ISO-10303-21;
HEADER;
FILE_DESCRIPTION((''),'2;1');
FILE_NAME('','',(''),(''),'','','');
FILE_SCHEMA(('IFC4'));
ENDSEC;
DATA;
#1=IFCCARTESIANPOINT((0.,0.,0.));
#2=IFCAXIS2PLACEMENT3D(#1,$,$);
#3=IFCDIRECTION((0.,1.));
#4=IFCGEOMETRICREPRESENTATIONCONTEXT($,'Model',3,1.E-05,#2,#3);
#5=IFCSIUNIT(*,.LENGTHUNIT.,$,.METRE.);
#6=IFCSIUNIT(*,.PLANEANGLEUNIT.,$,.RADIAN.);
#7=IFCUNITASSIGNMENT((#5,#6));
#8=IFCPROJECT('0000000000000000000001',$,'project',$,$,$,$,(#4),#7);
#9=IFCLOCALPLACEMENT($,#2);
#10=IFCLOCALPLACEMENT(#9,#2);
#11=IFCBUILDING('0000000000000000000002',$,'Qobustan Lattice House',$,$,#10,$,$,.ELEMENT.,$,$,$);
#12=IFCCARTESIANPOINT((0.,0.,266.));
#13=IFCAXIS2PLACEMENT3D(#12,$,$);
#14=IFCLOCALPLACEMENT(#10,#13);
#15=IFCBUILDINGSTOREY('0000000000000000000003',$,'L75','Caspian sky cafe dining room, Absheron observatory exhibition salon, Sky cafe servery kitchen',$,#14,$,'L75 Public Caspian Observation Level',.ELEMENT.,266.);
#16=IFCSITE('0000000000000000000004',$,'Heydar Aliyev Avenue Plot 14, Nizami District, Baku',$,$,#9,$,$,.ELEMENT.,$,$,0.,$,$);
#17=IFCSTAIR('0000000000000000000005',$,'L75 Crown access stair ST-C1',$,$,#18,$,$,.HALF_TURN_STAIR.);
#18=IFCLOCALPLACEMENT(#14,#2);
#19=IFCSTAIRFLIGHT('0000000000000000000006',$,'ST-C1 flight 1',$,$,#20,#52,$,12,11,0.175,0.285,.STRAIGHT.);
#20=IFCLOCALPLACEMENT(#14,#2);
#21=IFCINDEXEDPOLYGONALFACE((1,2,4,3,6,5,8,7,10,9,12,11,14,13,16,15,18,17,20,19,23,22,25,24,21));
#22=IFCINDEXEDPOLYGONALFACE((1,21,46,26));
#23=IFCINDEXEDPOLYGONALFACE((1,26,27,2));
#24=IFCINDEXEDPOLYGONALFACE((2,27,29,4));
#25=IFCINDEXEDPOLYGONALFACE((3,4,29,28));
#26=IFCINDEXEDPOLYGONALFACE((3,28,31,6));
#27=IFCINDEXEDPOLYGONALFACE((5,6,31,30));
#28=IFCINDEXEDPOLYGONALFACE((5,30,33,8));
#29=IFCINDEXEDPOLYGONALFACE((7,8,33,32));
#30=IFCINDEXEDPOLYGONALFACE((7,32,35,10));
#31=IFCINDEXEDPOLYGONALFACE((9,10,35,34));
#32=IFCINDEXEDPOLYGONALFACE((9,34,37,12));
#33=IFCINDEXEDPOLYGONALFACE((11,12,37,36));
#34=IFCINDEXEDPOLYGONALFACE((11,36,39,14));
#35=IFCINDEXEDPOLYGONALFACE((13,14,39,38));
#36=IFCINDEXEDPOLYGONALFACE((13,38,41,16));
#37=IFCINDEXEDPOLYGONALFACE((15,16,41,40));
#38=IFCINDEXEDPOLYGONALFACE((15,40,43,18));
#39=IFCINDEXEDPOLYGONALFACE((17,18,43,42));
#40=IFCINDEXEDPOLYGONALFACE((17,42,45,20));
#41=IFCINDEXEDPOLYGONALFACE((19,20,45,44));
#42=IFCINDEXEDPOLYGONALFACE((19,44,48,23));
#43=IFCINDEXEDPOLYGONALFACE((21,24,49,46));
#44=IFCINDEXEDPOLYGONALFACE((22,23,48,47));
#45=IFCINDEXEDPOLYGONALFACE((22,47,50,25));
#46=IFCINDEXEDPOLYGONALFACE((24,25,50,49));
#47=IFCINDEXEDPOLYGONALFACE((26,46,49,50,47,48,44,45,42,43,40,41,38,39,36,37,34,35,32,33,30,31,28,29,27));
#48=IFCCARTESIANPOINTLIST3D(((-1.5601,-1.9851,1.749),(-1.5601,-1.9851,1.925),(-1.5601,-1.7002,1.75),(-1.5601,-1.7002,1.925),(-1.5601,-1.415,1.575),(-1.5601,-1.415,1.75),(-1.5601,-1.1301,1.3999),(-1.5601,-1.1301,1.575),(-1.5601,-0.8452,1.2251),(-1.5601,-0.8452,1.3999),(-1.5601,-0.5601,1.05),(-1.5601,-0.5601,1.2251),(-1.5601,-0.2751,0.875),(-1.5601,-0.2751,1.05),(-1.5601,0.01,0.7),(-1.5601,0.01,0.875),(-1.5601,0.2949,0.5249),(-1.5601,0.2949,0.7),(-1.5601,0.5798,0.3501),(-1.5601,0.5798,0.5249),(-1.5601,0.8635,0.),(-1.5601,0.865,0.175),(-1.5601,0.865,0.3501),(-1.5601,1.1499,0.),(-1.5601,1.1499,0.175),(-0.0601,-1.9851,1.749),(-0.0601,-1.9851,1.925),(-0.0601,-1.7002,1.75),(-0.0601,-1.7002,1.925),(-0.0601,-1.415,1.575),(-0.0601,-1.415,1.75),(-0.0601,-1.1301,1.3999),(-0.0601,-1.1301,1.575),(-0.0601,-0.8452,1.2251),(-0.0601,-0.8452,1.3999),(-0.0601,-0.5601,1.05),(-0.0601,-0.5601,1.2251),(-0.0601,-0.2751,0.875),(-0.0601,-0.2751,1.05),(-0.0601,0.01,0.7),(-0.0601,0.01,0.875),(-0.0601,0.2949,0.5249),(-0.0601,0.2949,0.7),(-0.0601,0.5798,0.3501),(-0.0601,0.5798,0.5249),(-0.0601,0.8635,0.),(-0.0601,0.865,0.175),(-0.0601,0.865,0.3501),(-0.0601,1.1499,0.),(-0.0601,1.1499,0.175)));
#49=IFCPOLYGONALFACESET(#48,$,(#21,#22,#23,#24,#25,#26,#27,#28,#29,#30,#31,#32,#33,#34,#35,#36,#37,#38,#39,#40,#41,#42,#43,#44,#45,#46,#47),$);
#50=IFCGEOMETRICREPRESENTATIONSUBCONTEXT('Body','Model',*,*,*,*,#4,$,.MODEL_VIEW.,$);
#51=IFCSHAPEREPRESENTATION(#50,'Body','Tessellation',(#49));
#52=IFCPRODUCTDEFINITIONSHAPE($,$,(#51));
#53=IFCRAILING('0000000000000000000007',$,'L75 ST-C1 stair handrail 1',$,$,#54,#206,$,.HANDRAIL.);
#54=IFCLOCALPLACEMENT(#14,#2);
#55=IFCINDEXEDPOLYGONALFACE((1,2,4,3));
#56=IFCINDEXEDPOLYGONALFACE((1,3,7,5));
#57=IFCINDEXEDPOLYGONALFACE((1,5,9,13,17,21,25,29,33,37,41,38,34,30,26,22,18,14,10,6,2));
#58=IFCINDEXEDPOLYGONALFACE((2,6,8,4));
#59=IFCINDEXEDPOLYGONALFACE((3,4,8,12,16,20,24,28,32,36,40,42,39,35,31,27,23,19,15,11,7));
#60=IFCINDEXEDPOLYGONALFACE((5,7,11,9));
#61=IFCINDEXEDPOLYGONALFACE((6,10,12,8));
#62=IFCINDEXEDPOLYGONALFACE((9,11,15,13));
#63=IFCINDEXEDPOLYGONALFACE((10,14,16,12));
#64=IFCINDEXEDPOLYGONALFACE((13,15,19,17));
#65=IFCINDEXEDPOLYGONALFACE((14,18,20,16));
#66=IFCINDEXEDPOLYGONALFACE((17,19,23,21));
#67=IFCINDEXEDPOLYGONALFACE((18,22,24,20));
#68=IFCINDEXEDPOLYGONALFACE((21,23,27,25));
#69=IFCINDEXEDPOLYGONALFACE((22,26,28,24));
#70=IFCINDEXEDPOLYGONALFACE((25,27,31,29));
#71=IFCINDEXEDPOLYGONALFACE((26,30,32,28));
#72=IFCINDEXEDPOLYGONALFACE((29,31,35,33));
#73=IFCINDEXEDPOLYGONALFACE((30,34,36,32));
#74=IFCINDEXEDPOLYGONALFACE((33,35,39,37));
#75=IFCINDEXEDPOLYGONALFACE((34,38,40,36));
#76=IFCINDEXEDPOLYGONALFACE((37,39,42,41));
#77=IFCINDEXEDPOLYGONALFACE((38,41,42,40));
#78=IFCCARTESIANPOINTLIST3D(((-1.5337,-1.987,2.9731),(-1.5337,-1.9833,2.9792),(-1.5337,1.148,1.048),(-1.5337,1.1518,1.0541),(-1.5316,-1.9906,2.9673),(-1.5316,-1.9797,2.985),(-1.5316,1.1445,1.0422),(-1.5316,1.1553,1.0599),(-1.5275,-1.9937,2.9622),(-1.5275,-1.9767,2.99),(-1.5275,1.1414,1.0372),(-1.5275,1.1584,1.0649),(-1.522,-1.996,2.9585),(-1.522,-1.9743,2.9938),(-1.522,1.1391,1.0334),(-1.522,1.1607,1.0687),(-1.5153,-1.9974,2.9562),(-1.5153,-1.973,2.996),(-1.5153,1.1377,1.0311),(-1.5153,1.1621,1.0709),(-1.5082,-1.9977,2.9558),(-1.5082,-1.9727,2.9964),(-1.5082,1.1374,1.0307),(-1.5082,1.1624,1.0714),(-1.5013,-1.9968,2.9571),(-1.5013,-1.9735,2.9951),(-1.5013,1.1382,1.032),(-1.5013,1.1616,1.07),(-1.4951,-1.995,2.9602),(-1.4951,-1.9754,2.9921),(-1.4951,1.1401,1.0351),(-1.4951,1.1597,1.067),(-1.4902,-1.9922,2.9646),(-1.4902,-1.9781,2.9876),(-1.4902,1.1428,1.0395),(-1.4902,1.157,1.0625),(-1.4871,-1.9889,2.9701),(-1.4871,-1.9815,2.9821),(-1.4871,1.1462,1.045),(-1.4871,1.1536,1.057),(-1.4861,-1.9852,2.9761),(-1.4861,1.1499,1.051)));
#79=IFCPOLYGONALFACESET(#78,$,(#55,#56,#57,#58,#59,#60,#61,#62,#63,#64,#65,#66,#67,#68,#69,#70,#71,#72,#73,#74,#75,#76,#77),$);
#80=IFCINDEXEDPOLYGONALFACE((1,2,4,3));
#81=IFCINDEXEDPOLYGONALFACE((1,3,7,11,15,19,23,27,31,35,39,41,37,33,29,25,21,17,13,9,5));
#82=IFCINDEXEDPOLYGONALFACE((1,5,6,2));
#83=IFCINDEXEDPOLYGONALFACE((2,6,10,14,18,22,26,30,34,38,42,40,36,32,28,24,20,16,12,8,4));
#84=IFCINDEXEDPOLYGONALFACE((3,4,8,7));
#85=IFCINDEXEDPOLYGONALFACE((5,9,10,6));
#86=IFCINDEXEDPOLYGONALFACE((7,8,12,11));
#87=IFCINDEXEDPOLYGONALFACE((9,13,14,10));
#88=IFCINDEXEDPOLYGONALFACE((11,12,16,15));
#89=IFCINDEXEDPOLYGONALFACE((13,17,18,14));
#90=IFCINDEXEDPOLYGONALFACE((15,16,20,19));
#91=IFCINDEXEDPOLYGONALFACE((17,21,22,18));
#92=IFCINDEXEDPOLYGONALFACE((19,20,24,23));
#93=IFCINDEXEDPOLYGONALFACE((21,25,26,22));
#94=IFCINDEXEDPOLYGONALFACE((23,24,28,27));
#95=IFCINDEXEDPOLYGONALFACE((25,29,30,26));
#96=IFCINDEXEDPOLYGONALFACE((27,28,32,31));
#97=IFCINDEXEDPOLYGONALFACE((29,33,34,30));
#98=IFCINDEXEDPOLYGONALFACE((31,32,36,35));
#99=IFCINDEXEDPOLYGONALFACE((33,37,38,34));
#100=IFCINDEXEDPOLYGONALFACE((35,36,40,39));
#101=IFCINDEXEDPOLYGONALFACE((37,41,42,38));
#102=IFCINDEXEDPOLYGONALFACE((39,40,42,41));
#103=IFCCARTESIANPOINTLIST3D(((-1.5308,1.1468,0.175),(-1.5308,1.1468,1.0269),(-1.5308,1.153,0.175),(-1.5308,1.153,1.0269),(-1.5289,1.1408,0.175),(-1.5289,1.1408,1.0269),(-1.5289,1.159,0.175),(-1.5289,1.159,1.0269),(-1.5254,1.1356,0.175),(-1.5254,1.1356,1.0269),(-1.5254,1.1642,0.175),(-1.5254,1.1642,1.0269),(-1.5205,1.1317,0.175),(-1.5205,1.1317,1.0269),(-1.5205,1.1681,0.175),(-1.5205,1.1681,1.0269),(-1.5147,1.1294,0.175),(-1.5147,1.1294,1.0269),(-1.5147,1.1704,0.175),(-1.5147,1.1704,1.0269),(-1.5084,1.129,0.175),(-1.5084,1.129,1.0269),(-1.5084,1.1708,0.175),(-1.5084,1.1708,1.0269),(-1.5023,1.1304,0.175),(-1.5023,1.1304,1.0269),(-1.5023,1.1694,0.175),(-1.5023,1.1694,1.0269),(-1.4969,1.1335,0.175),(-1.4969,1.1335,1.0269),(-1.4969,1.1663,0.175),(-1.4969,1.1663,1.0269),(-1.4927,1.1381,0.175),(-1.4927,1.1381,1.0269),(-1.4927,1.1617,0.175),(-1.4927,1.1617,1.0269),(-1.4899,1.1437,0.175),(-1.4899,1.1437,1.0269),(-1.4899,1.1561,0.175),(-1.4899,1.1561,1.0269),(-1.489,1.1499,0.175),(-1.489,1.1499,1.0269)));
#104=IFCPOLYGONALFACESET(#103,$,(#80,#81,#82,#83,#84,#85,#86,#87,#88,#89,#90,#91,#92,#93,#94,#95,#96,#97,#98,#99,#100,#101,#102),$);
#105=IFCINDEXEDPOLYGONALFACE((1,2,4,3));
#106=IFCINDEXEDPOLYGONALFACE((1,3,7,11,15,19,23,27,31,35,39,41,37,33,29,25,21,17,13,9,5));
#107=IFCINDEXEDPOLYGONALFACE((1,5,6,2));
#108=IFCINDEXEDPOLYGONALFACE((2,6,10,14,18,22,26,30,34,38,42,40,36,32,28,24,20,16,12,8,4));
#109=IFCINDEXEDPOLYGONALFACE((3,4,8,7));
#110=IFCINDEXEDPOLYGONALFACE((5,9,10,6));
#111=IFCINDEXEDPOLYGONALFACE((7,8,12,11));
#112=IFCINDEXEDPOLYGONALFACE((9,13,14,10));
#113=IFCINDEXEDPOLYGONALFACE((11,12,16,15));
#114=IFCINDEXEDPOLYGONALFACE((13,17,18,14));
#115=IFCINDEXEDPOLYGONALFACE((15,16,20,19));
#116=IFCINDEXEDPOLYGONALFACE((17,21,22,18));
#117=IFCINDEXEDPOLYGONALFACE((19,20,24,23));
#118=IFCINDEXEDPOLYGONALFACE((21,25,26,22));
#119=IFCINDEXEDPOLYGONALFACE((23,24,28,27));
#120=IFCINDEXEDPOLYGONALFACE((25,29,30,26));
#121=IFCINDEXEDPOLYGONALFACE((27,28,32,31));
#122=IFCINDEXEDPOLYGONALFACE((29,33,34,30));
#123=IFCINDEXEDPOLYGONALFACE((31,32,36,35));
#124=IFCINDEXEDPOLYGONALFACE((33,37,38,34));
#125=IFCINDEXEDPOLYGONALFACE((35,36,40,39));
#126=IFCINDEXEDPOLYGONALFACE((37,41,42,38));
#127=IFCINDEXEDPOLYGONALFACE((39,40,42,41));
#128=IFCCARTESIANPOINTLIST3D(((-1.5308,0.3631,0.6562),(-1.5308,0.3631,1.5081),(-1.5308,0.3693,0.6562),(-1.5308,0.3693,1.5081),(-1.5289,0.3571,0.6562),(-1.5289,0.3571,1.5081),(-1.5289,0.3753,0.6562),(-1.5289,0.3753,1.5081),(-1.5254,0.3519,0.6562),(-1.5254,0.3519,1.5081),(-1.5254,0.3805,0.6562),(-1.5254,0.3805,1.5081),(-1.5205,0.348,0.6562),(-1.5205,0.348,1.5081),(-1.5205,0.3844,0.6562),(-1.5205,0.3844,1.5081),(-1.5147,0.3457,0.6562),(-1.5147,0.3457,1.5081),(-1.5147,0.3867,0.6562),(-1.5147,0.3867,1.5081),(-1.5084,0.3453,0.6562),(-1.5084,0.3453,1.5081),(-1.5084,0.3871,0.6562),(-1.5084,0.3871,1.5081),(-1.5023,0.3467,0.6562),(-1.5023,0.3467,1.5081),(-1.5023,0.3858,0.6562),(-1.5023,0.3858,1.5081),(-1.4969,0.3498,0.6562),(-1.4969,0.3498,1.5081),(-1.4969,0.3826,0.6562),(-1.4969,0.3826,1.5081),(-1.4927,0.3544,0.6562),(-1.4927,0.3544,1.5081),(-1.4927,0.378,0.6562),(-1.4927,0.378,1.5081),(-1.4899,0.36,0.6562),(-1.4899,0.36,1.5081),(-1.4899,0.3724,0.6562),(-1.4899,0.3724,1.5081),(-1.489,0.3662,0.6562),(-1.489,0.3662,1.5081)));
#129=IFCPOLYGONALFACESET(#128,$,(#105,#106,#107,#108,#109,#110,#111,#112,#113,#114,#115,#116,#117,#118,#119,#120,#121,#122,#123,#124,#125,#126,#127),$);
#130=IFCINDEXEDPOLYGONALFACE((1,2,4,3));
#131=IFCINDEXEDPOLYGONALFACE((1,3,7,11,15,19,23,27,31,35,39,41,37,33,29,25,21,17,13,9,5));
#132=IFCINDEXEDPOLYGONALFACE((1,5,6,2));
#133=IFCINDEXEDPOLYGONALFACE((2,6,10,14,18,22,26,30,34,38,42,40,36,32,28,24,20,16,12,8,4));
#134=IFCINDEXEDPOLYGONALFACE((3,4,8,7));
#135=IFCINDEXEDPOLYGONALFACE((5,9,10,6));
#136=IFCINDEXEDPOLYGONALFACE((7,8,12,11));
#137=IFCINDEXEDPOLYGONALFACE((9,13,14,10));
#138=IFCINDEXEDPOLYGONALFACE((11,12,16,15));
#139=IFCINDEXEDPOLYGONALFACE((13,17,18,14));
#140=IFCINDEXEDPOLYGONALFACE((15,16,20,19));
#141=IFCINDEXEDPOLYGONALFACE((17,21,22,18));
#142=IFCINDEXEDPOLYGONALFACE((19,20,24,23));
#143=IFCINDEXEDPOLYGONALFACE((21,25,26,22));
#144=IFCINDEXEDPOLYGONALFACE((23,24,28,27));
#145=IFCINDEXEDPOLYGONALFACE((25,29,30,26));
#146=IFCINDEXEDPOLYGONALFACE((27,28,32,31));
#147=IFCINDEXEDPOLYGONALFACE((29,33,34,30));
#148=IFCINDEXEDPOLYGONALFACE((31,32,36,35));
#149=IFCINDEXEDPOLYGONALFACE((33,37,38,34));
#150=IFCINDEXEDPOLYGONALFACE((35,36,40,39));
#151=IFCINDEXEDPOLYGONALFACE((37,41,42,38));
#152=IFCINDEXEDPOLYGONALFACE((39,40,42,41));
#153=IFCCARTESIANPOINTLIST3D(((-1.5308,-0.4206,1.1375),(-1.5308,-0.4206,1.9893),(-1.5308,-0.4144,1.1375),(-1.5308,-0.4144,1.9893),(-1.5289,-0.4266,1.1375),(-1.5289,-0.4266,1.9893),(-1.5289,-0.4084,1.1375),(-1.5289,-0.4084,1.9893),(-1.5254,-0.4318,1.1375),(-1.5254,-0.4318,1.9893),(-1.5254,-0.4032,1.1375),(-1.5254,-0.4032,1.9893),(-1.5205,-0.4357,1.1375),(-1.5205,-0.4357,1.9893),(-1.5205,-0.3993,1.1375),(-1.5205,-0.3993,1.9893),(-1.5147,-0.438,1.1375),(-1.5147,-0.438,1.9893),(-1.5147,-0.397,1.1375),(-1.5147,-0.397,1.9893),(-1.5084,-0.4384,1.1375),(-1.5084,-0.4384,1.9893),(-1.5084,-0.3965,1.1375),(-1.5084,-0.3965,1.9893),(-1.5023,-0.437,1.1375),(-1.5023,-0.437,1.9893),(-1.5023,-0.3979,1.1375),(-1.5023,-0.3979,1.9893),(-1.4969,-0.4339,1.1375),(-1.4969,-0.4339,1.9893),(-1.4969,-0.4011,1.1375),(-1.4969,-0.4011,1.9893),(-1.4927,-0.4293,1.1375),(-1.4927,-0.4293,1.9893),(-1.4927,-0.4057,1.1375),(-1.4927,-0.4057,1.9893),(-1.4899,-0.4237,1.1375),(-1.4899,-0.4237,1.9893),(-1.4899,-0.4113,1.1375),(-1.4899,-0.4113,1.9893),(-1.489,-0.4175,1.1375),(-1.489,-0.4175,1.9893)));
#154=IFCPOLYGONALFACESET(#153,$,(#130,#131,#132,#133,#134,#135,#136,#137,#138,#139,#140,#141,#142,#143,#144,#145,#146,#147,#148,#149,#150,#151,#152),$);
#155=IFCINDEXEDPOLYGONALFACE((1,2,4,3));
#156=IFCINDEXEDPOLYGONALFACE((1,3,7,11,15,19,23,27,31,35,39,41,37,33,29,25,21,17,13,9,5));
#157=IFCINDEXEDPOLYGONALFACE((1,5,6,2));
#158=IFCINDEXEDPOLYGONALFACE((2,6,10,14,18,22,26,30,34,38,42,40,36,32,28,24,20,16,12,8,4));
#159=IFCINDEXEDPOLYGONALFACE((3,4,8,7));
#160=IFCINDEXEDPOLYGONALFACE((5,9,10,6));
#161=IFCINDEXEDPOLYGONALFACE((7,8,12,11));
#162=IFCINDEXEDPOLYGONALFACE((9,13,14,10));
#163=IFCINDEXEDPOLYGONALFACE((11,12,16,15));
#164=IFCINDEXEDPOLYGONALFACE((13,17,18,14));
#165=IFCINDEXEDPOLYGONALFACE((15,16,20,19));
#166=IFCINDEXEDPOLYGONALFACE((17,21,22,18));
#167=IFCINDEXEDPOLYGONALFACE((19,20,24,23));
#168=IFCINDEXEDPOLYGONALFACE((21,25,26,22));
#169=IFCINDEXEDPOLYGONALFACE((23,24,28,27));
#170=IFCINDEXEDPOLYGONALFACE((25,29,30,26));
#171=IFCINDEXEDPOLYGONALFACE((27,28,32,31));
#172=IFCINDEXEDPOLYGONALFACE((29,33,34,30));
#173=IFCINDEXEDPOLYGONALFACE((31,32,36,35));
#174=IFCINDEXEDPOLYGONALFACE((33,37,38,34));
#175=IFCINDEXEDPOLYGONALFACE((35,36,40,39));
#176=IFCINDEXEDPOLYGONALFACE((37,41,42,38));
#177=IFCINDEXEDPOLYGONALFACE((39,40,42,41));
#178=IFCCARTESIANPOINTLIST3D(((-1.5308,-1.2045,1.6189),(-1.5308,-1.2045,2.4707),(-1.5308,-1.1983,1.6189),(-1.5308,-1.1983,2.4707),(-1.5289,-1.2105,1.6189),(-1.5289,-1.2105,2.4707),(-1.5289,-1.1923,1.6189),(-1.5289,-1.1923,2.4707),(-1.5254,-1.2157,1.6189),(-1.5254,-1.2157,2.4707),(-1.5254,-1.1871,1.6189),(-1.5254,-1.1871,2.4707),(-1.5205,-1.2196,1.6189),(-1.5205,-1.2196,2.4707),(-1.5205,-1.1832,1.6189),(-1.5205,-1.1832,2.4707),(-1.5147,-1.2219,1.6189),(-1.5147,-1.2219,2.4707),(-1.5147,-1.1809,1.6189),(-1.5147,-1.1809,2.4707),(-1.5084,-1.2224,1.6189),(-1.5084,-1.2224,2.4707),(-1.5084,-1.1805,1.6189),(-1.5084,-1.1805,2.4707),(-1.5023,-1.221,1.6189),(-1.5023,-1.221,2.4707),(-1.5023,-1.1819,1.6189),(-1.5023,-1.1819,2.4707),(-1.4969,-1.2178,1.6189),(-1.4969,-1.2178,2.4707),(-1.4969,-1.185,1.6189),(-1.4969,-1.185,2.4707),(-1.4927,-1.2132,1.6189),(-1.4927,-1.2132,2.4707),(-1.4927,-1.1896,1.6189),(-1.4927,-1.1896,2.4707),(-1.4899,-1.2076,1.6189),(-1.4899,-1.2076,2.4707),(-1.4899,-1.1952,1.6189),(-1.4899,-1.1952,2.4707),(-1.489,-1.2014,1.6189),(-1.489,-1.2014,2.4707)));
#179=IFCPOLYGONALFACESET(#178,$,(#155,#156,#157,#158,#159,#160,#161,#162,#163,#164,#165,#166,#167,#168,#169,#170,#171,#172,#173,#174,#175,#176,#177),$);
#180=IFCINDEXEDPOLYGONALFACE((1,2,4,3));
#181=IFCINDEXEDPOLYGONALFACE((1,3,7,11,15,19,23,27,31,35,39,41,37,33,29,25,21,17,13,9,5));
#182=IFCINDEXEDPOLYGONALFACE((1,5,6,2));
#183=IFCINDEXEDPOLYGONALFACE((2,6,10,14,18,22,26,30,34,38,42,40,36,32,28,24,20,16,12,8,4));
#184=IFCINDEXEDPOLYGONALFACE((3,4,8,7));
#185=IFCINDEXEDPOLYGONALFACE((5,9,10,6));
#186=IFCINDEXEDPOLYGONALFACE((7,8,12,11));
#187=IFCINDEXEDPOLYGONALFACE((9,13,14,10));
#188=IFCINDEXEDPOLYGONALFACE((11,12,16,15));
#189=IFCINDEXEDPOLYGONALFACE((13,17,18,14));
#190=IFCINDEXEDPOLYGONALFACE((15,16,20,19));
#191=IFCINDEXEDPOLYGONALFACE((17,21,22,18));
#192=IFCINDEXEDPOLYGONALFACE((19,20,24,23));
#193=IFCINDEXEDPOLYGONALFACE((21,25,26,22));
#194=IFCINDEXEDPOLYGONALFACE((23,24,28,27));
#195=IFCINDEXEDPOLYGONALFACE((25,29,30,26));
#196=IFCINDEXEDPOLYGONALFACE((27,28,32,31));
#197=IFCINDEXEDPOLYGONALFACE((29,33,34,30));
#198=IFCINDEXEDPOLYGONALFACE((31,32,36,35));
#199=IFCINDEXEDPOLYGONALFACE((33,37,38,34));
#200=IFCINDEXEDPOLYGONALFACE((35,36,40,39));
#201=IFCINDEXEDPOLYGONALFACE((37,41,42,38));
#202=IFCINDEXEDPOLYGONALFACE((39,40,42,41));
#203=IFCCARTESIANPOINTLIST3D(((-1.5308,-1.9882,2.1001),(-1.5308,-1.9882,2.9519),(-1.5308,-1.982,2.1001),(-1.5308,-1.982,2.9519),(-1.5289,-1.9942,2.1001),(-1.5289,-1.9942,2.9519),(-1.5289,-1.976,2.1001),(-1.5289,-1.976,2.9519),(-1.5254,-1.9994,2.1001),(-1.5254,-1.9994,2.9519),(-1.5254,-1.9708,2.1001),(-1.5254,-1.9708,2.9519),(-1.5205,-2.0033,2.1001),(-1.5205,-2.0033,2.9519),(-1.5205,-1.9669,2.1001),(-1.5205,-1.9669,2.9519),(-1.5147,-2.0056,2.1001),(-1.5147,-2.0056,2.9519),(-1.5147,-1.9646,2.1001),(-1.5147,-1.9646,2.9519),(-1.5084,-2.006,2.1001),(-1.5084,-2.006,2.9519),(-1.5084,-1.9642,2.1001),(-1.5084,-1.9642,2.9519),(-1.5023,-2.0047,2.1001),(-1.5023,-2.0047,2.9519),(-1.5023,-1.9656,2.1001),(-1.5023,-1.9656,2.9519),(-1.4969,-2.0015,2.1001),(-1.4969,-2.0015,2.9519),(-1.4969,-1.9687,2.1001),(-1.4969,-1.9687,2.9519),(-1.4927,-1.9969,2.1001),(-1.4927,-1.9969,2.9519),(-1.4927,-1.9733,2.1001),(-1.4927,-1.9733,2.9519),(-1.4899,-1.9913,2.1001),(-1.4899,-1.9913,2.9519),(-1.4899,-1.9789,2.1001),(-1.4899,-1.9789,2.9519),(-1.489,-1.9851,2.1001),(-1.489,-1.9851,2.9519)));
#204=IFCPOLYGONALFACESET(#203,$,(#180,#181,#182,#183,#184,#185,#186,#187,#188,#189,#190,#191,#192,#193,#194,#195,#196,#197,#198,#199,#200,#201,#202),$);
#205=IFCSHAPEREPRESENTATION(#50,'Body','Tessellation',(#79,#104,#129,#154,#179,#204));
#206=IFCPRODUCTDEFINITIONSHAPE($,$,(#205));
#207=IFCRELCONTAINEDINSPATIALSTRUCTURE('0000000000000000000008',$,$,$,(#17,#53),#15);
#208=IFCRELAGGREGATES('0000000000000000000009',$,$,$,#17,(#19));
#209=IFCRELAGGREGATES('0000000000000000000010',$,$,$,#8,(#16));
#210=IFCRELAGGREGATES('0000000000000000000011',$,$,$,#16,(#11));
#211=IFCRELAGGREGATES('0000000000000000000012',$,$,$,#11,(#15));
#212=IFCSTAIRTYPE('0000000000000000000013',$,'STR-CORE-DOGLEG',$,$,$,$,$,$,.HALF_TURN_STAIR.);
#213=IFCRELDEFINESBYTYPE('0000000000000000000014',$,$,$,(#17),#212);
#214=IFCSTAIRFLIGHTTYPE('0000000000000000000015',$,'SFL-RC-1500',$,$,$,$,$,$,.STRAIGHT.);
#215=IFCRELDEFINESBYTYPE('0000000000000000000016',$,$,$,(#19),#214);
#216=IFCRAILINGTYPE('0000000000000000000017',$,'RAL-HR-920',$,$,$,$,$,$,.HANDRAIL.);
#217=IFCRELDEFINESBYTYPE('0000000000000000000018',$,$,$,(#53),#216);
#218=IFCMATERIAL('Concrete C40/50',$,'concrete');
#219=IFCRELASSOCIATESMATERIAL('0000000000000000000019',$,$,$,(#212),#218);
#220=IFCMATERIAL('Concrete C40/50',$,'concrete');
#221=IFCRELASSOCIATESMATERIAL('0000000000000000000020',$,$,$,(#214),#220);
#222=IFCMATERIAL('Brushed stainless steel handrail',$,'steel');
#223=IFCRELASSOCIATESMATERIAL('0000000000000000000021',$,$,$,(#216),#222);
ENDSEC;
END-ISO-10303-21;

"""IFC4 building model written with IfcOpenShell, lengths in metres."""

from ifc_helpers import new_model, si_unit, direction, frame, origin, origin_2d, place, context, subcontext, project, spatial, polyline, circle, outline, extrude, material, type_object, element, aggregate, save


model = new_model("IFC4")

# Units and contexts
model_context = context("Model", 3, precision=1e-05, world=origin(), true_north=direction((0.0, 1.0)))
body_context = subcontext(model_context, "Body", "Model", "MODEL_VIEW")
ifc_project = project(units=[si_unit("LENGTHUNIT", "METRE"), si_unit("PLANEANGLEUNIT", "RADIAN")], contexts=[model_context])

# Site, building, storey
site_placement = place(None, origin())
site = spatial("IfcSite", under=ifc_project, at=site_placement, Name="Heydar Aliyev Avenue Plot 14, Nizami District, Baku", CompositionType="ELEMENT", RefElevation=0.0)
building_placement = place(site_placement, origin())
building = spatial("IfcBuilding", under=site, at=building_placement, Name="Qobustan Lattice House", CompositionType="ELEMENT")
storey_placement = place(building_placement, frame((0.0, 0.0, 266.0)))
storey = spatial("IfcBuildingStorey", under=building, at=storey_placement, Name="L75", Description="Caspian sky cafe dining room, Absheron observatory exhibition salon, Sky cafe servery kitchen", LongName="L75 Public Caspian Observation Level", CompositionType="ELEMENT", Elevation=266.0)

# Stair, stair flight
ifc_material_1 = material(Name="Concrete C40/50", Category="concrete")
stair_type = type_object("IfcStairType", Name="STR-CORE-DOGLEG", PredefinedType="HALF_TURN_STAIR", material=ifc_material_1)
stair_placement = place(storey_placement, origin())
stair = element("IfcStair", 1, at=stair_placement, inside=storey, type_object=stair_type, Name="L75 Crown access stair ST-C1", PredefinedType="HALF_TURN_STAIR")
ifc_material_2 = material(Name="Concrete C40/50", Category="concrete")
stair_flight_type = type_object("IfcStairFlightType", Name="SFL-RC-1500", PredefinedType="STRAIGHT", material=ifc_material_2)
stair_flight_placement = place(storey_placement, frame((-0.8101, 1.1499, 0.0), z_axis=(0.0, 0.0, 1.0), x_axis=(0.0, -1.0, 0.0)))
stair_flight = element("IfcStairFlight", 2, at=stair_flight_placement, type_object=stair_flight_type, Name="ST-C1 flight 1", NumberOfRisers=12, NumberOfTreads=11, PredefinedType="STRAIGHT", RiserHeight=0.175, TreadLength=0.285, context=body_context, shape_type="SweptSolid", body=[
    extrude(outline(polyline([(0.0, 0.0), (0.0, 0.175), (0.2849, 0.175), (0.2849, 0.3501), (0.5701, 0.3501), (0.5701, 0.5249), (0.855, 0.5249), (0.855, 0.7), (1.1399, 0.7), (1.1399, 0.875), (1.425, 0.875), (1.425, 1.05), (1.71, 1.05), (1.71, 1.2251), (1.9951, 1.2251), (1.9951, 1.3999), (2.28, 1.3999), (2.28, 1.575), (2.5649, 1.575), (2.5649, 1.75), (2.8501, 1.75), (2.8501, 1.925), (3.135, 1.925), (3.135, 2.1001), (3.135, 1.749), (0.2864, 0.0), (0.0, 0.0)])), frame((0.0, 0.75, 0.0), z_axis=(0.0, -1.0, 0.0), x_axis=(1.0, 0.0, 0.0)), (0.0, 0.0, 1.0), 1.5),
])
aggregate(stair, [stair_flight])

# Railing
ifc_material_3 = material(Name="Brushed stainless steel handrail", Category="steel")
railing_type_1 = type_object("IfcRailingType", Name="RAL-HR-920", PredefinedType="HANDRAIL", material=ifc_material_3)
railing_1_placement = place(storey_placement, frame((-1.51, 1.1499, 0.175)))
element("IfcRailing", 3, at=railing_1_placement, inside=storey, type_object=railing_type_1, Name="L75 ST-C1 stair handrail 1", PredefinedType="HANDRAIL", context=body_context, shape_type="SweptSolid", body=[
    extrude(circle(Radius=0.0239, at=origin_2d()), frame((0.0, 0.0, 0.876), z_axis=(0.0, -0.852166, 0.523271), x_axis=(1.0, 0.0, 0.0)), (0.0, 0.0, 1.0), 3.679),
    extrude(circle(Radius=0.021, at=origin_2d()), origin(), (0.0, 0.0, 1.0), 0.8518),
    extrude(circle(Radius=0.021, at=origin_2d()), frame((0.0, -0.7837, 0.4812)), (0.0, 0.0, 1.0), 0.8518),
    extrude(circle(Radius=0.021, at=origin_2d()), frame((0.0, -1.5674, 0.9624)), (0.0, 0.0, 1.0), 0.8518),
    extrude(circle(Radius=0.021, at=origin_2d()), frame((0.0, -2.3513, 1.4438)), (0.0, 0.0, 1.0), 0.8518),
    extrude(circle(Radius=0.021, at=origin_2d()), frame((0.0, -3.135, 1.925)), (0.0, 0.0, 1.0), 0.8518),
])

save(model, "model.ifc")
